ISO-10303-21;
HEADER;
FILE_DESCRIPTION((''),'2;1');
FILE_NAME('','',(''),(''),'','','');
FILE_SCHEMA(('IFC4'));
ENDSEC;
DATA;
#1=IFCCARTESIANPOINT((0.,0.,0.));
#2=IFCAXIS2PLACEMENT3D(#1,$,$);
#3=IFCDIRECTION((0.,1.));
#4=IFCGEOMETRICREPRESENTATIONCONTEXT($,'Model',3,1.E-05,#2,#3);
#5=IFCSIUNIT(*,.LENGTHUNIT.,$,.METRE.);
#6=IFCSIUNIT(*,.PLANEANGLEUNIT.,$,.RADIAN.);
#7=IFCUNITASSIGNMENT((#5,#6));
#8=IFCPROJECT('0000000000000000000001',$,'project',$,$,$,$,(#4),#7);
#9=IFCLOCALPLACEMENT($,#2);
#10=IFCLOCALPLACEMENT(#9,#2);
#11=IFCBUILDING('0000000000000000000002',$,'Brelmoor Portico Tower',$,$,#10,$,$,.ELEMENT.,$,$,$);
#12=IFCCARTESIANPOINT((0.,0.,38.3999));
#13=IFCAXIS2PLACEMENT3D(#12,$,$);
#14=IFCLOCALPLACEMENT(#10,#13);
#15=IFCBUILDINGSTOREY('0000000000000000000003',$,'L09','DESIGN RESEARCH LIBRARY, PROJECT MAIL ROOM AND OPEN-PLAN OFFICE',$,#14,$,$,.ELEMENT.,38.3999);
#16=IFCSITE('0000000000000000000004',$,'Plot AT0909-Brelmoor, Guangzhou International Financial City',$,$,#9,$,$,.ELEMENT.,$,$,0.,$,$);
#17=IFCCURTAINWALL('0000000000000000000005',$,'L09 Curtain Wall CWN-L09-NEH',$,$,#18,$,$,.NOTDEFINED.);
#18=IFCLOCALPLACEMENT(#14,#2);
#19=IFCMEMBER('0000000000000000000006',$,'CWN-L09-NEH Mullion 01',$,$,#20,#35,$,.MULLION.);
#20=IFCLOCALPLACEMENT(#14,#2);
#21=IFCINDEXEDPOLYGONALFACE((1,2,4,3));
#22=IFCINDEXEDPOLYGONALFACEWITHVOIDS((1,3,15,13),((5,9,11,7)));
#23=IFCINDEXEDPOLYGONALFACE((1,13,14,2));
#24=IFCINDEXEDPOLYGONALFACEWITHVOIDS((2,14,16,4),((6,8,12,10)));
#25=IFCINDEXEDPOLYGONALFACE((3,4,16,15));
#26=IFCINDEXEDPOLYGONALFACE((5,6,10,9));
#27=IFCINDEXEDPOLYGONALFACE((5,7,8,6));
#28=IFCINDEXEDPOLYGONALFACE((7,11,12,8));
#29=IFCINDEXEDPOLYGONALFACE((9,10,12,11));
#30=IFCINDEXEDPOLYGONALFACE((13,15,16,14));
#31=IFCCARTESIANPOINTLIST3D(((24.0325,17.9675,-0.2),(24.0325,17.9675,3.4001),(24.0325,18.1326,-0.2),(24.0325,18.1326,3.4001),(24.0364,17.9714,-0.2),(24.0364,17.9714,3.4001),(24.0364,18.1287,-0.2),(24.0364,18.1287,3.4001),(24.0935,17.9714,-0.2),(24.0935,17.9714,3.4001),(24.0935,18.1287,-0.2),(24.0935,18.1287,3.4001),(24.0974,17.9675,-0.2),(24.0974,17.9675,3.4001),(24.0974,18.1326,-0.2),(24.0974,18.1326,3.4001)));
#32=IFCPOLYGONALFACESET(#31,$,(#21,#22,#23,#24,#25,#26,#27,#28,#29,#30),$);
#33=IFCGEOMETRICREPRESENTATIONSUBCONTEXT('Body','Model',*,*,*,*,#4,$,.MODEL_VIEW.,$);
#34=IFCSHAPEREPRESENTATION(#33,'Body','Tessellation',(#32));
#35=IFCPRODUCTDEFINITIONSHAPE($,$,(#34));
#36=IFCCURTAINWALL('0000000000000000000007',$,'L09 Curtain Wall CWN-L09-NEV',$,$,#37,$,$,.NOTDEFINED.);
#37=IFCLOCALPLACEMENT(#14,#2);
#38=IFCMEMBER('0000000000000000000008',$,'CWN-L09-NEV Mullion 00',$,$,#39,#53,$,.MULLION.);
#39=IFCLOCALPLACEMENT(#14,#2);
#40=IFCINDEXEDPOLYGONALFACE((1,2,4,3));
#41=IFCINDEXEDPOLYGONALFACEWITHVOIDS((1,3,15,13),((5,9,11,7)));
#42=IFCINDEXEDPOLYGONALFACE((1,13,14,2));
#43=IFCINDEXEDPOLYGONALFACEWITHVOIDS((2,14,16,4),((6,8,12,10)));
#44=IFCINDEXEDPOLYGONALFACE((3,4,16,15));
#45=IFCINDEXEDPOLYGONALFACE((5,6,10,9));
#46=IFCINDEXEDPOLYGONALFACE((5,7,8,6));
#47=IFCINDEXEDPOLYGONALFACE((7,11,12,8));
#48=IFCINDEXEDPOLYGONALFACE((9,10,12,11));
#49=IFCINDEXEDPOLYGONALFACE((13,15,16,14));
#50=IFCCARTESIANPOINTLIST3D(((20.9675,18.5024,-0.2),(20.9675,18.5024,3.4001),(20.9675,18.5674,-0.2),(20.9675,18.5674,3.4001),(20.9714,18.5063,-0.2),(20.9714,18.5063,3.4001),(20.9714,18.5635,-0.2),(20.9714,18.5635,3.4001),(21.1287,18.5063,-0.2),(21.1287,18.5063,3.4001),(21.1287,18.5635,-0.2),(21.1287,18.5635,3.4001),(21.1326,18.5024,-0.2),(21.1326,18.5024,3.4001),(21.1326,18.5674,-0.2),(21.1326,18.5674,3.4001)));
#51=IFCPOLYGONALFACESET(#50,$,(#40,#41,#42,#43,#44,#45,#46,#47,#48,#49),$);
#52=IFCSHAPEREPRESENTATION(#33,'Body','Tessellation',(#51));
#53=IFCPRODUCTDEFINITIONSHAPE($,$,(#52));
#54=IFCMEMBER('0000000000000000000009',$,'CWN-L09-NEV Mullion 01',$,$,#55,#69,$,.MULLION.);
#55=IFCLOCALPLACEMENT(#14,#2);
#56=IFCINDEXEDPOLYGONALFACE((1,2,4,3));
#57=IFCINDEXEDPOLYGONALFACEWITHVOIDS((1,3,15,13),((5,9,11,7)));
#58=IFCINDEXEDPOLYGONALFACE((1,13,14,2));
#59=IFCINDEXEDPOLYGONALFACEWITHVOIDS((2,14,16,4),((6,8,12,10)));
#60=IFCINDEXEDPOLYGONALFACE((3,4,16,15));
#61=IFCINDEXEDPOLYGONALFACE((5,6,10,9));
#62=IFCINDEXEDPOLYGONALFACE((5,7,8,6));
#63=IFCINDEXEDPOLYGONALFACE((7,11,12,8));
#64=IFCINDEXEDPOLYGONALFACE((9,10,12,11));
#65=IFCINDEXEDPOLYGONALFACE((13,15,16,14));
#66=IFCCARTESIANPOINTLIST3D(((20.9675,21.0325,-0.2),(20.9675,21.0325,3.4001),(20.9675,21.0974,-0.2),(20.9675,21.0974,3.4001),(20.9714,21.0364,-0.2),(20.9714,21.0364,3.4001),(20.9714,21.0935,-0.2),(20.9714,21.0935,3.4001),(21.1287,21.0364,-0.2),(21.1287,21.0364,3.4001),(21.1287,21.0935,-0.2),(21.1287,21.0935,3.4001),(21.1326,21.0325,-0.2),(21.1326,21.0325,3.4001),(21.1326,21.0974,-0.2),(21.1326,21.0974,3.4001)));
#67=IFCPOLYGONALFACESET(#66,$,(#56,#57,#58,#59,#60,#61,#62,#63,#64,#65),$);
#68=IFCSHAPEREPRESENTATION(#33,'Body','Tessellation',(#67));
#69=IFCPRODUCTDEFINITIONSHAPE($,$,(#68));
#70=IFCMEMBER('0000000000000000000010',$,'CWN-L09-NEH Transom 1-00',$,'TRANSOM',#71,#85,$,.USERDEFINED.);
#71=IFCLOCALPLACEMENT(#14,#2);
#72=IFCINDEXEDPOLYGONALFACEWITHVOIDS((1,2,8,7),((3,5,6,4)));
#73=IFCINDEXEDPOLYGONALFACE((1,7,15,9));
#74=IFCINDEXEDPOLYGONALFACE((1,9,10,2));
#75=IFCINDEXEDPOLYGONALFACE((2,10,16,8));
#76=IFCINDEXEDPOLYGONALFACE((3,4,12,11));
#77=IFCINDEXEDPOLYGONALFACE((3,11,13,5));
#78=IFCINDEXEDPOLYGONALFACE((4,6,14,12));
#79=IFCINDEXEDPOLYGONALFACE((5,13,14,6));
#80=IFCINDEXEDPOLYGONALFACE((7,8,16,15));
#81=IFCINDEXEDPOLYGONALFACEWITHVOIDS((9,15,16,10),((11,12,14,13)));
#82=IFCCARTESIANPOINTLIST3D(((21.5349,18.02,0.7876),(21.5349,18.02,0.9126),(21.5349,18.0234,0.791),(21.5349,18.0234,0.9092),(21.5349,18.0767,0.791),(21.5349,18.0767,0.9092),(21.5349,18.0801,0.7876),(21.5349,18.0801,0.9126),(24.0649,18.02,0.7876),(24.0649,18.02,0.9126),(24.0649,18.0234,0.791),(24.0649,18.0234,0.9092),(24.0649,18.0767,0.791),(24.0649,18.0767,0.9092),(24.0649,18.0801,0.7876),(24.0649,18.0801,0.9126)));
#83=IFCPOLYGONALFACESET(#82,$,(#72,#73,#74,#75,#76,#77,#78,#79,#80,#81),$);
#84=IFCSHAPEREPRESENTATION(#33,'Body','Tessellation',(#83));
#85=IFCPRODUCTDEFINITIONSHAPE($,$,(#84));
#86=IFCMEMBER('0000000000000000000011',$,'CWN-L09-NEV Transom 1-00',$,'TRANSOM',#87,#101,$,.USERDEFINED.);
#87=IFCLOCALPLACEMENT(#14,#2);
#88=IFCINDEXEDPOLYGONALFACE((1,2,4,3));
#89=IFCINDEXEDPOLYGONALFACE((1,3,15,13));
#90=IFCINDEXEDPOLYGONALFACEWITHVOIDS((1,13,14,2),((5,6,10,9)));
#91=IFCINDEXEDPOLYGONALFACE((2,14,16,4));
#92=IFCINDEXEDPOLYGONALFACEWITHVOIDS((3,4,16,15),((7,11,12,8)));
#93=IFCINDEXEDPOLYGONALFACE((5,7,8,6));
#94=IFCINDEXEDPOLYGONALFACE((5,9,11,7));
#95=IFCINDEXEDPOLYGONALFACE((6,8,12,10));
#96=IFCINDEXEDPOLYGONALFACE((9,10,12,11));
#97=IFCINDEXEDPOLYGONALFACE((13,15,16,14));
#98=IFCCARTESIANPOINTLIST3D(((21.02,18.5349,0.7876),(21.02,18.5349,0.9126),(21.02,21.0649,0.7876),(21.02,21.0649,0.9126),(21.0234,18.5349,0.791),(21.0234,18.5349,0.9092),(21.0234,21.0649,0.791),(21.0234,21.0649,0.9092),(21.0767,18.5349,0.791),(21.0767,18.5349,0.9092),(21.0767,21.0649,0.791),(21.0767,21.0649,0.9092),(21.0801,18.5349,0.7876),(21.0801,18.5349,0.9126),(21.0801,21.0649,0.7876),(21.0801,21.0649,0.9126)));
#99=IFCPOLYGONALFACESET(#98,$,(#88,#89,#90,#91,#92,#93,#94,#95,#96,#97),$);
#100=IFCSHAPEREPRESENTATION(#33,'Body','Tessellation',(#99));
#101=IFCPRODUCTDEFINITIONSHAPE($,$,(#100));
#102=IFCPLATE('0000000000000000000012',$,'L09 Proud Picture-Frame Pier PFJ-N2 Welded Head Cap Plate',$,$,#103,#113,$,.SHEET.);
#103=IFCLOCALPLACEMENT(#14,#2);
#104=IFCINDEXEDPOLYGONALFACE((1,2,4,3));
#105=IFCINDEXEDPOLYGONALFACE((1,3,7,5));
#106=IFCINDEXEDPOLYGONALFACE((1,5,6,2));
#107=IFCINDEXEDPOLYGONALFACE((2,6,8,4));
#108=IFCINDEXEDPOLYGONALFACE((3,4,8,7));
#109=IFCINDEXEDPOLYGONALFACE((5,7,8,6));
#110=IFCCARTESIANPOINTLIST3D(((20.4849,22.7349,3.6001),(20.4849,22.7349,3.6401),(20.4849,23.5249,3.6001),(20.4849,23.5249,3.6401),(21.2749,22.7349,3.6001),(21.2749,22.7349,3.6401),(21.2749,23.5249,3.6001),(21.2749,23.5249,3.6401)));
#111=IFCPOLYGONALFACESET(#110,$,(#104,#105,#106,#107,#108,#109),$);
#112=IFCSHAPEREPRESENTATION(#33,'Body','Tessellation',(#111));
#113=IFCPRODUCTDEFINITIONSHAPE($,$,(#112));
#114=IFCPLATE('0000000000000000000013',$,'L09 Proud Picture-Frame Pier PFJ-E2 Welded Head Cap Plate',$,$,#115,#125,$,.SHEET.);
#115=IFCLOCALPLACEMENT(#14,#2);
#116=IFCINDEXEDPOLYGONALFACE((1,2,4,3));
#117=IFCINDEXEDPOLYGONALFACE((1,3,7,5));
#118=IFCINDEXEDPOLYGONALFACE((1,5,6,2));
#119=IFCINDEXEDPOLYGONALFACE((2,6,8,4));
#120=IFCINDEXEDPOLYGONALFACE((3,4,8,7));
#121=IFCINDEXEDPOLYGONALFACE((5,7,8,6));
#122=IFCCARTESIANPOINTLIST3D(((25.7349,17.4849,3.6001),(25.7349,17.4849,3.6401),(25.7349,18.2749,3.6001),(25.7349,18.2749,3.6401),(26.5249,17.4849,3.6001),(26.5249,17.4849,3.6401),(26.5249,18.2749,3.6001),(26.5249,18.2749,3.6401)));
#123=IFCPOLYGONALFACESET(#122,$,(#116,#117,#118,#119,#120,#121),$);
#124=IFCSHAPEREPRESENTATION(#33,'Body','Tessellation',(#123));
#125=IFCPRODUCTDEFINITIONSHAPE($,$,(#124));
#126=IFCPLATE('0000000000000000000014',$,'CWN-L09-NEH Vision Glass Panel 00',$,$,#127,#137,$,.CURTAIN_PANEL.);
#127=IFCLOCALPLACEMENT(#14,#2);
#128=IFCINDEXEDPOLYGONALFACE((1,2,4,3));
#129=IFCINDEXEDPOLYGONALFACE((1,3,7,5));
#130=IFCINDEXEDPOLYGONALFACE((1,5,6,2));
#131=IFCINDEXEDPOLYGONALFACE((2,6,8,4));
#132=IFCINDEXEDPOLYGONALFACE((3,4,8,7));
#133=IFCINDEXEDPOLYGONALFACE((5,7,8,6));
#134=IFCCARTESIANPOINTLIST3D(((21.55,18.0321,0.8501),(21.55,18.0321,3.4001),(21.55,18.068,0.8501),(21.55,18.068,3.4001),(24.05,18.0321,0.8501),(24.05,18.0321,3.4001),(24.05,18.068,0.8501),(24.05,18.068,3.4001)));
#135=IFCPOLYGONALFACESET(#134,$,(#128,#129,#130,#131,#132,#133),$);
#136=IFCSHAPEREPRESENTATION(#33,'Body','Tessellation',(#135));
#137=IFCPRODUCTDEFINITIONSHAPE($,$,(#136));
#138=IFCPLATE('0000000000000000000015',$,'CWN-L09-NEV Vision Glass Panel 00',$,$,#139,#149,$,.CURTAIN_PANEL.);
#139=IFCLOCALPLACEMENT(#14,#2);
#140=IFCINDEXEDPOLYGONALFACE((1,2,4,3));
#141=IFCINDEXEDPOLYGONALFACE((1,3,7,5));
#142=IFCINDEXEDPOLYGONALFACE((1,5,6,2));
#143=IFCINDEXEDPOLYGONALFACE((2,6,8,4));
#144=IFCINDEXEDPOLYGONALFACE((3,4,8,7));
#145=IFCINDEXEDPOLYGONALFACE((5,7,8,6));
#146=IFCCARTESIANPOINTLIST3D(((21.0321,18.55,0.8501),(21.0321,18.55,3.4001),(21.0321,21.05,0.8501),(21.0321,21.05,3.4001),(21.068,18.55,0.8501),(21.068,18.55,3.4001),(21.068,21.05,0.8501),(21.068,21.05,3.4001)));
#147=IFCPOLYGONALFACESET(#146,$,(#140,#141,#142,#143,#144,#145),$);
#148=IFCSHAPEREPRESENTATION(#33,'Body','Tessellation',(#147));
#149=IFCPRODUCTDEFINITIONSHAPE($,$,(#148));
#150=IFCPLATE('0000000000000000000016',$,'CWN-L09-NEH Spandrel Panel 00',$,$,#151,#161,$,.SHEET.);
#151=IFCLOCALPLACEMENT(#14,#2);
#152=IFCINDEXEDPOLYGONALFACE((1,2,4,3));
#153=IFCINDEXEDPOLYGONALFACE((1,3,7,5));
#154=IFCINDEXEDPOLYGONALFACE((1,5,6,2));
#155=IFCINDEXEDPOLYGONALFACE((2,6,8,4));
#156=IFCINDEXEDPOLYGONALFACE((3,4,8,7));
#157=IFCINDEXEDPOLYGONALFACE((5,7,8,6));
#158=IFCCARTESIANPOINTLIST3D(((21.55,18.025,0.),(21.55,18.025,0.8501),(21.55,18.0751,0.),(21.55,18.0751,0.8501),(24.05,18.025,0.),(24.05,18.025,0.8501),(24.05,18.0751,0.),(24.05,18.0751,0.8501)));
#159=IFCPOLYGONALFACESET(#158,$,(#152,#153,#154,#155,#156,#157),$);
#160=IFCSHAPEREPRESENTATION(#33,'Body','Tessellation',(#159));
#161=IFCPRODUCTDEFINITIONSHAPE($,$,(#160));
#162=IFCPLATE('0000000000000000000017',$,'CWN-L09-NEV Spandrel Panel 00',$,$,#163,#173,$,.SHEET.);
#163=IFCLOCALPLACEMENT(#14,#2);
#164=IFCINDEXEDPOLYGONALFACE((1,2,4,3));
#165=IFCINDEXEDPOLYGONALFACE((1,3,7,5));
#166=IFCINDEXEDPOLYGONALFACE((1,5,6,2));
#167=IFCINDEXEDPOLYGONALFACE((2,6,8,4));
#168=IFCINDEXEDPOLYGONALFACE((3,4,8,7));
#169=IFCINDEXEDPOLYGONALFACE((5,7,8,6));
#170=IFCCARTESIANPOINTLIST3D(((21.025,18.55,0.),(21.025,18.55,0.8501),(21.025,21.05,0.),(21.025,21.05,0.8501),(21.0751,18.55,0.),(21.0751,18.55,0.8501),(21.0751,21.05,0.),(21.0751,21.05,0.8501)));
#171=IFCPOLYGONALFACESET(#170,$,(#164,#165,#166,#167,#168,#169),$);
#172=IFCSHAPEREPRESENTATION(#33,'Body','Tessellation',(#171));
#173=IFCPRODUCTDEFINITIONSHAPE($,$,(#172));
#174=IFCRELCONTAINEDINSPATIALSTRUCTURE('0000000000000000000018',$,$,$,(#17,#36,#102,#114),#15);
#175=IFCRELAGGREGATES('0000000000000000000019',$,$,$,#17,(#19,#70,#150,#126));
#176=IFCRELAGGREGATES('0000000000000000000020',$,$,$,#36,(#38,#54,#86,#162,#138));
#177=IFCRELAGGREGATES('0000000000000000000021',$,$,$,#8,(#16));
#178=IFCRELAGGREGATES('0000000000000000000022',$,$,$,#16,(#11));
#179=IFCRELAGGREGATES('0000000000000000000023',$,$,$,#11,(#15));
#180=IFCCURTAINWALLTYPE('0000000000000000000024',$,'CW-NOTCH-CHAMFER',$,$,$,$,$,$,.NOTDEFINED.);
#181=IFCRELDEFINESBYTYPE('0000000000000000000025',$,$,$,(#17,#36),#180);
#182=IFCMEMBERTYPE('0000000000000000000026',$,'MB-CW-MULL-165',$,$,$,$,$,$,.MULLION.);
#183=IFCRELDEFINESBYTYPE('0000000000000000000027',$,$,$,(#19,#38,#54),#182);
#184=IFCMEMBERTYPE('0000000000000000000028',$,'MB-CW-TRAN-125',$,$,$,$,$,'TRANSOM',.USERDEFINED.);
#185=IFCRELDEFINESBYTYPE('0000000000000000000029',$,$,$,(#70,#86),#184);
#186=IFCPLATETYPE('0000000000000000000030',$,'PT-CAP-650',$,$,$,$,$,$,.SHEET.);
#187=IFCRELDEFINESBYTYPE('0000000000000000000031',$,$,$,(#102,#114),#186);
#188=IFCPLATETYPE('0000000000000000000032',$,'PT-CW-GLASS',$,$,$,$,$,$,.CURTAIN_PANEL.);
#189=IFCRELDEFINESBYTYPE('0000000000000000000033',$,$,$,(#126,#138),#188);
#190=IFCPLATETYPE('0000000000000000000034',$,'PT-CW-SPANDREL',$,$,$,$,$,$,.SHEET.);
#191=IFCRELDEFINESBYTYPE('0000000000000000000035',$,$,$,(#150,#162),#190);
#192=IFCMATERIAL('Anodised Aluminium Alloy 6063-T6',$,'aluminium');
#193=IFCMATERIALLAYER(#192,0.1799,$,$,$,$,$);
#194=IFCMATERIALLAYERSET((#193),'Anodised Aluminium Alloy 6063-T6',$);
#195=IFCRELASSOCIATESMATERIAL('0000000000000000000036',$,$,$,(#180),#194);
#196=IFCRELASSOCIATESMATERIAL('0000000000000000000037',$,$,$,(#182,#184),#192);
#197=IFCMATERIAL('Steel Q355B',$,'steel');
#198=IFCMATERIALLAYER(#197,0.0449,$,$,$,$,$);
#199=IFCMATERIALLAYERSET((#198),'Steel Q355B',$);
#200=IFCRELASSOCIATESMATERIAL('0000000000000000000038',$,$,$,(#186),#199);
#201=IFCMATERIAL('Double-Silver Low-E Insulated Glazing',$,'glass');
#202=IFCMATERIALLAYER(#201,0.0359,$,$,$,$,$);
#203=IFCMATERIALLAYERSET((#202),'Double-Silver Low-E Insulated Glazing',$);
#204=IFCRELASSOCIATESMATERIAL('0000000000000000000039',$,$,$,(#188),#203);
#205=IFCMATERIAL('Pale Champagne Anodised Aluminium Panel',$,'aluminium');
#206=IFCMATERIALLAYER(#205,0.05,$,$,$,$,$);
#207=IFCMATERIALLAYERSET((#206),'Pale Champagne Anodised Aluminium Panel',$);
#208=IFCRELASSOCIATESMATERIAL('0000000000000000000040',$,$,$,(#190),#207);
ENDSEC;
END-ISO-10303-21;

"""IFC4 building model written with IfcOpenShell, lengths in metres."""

from ifc_helpers import new_model, si_unit, direction, frame, origin, origin_2d, place, context, subcontext, project, spatial, rectangle, hollow_rectangle, extrude, material, layer, layer_set, material_profile, profile_set, type_object, element, aggregate, save


model = new_model("IFC4")

# Units and contexts
model_context = context("Model", 3, precision=1e-05, world=origin(), true_north=direction((0.0, 1.0)))
body_context = subcontext(model_context, "Body", "Model", "MODEL_VIEW")
ifc_project = project(units=[si_unit("LENGTHUNIT", "METRE"), si_unit("PLANEANGLEUNIT", "RADIAN")], contexts=[model_context])

# Site, building, storey
site_placement = place(None, origin())
site = spatial("IfcSite", under=ifc_project, at=site_placement, Name="Plot AT0909-Brelmoor, Guangzhou International Financial City", CompositionType="ELEMENT", RefElevation=0.0)
building_placement = place(site_placement, origin())
building = spatial("IfcBuilding", under=site, at=building_placement, Name="Brelmoor Portico Tower", CompositionType="ELEMENT")
storey_placement = place(building_placement, frame((0.0, 0.0, 38.3999)))
storey = spatial("IfcBuildingStorey", under=building, at=storey_placement, Name="L09", Description="DESIGN RESEARCH LIBRARY, PROJECT MAIL ROOM AND OPEN-PLAN OFFICE", CompositionType="ELEMENT", Elevation=38.3999)

# Shared definitions
ifc_material_1 = material(Name="Steel Q355B", Category="steel")

# Curtain walls, members
ifc_material_2 = material(Name="Anodised Aluminium Alloy 6063-T6", Category="aluminium")
ifc_layer_1 = layer(ifc_material_2, 0.1799)
ifc_layer_set_1 = layer_set([ifc_layer_1], Name="Anodised Aluminium Alloy 6063-T6")
curtain_wall_type = type_object("IfcCurtainWallType", Name="CW-NOTCH-CHAMFER", PredefinedType="NOTDEFINED", material=ifc_layer_set_1)
curtain_wall_1_placement = place(storey_placement, origin())
curtain_wall_1 = element("IfcCurtainWall", 1, at=curtain_wall_1_placement, inside=storey, type_object=curtain_wall_type, Name="L09 Curtain Wall CWN-L09-NEH", PredefinedType="NOTDEFINED")
ifc_material_profile_1 = material_profile(ifc_material_2, hollow_rectangle(XDim=0.0649, YDim=0.165, WallThickness=0.0039, at=origin_2d()), Name="ALU MULLION 65x165")
ifc_profile_set_1 = profile_set([ifc_material_profile_1], Name="Anodised Aluminium Alloy 6063-T6")
member_type_1 = type_object("IfcMemberType", Name="MB-CW-MULL-165", PredefinedType="MULLION", material=ifc_profile_set_1)
member_1_placement = place(storey_placement, frame((24.0649, 18.05, -0.2), z_axis=(0.0, 0.0, 1.0), x_axis=(1.0, 0.0, 0.0)))
member_1 = element("IfcMember", 2, at=member_1_placement, type_object=member_type_1, Name="CWN-L09-NEH Mullion 01", PredefinedType="MULLION", context=body_context, shape_type="SweptSolid", body=[
    extrude(hollow_rectangle(XDim=0.0649, YDim=0.165, WallThickness=0.0039, at=origin_2d()), origin(), (0.0, 0.0, 1.0), 3.6001),
])
curtain_wall_2_placement = place(storey_placement, origin())
curtain_wall_2 = element("IfcCurtainWall", 3, at=curtain_wall_2_placement, inside=storey, type_object=curtain_wall_type, Name="L09 Curtain Wall CWN-L09-NEV", PredefinedType="NOTDEFINED")
member_2_placement = place(storey_placement, frame((21.05, 18.5349, -0.2), z_axis=(0.0, 0.0, 1.0), x_axis=(0.0, 1.0, 0.0)))
member_2 = element("IfcMember", 4, at=member_2_placement, type_object=member_type_1, Name="CWN-L09-NEV Mullion 00", PredefinedType="MULLION", context=body_context, shape_type="SweptSolid", body=[
    extrude(hollow_rectangle(XDim=0.0649, YDim=0.165, WallThickness=0.0039, at=origin_2d()), origin(), (0.0, 0.0, 1.0), 3.6001),
])
member_3_placement = place(storey_placement, frame((21.05, 21.0649, -0.2), z_axis=(0.0, 0.0, 1.0), x_axis=(0.0, 1.0, 0.0)))
member_3 = element("IfcMember", 5, at=member_3_placement, type_object=member_type_1, Name="CWN-L09-NEV Mullion 01", PredefinedType="MULLION", context=body_context, shape_type="SweptSolid", body=[
    extrude(hollow_rectangle(XDim=0.0649, YDim=0.165, WallThickness=0.0039, at=origin_2d()), origin(), (0.0, 0.0, 1.0), 3.6001),
])

# Members
ifc_material_profile_2 = material_profile(ifc_material_2, hollow_rectangle(XDim=0.0601, YDim=0.125, WallThickness=0.0034, at=origin_2d()), Name="ALU TRANSOM 60x125")
ifc_profile_set_2 = profile_set([ifc_material_profile_2], Name="Anodised Aluminium Alloy 6063-T6")
member_type_2 = type_object("IfcMemberType", Name="MB-CW-TRAN-125", ElementType="TRANSOM", PredefinedType="USERDEFINED", material=ifc_profile_set_2)
member_4_placement = place(storey_placement, frame((21.5349, 18.05, 0.8501), z_axis=(1.0, 0.0, 0.0), x_axis=(0.0, 1.0, 0.0)))
member_4 = element("IfcMember", 6, at=member_4_placement, type_object=member_type_2, Name="CWN-L09-NEH Transom 1-00", ObjectType="TRANSOM", PredefinedType="USERDEFINED", context=body_context, shape_type="SweptSolid", body=[
    extrude(hollow_rectangle(XDim=0.0601, YDim=0.125, WallThickness=0.0034, at=origin_2d()), origin(), (0.0, 0.0, 1.0), 2.53),
])
member_5_placement = place(storey_placement, frame((21.05, 18.5349, 0.8501), z_axis=(0.0, 1.0, 0.0), x_axis=(-1.0, 0.0, 0.0)))
member_5 = element("IfcMember", 7, at=member_5_placement, type_object=member_type_2, Name="CWN-L09-NEV Transom 1-00", ObjectType="TRANSOM", PredefinedType="USERDEFINED", context=body_context, shape_type="SweptSolid", body=[
    extrude(hollow_rectangle(XDim=0.0601, YDim=0.125, WallThickness=0.0034, at=origin_2d()), origin(), (0.0, 0.0, 1.0), 2.53),
])

# Plates
ifc_layer_2 = layer(ifc_material_1, 0.0449)
ifc_layer_set_2 = layer_set([ifc_layer_2], Name="Steel Q355B")
plate_type_1 = type_object("IfcPlateType", Name="PT-CAP-650", PredefinedType="SHEET", material=ifc_layer_set_2)
for number, where, z_axis, x_axis, name in (
    (8, (20.8799, 23.1299, 3.6001), (0.0, 0.0, 1.0), (1.0, 0.0, 0.0), "L09 Proud Picture-Frame Pier PFJ-N2 Welded Head Cap Plate"),
    (9, (26.1299, 17.8799, 3.6001), (0.0, 0.0, 1.0), (0.0, 1.0, 0.0), "L09 Proud Picture-Frame Pier PFJ-E2 Welded Head Cap Plate"),
):
    element("IfcPlate", number, at=place(storey_placement, frame(where, z_axis=z_axis, x_axis=x_axis)), inside=storey, type_object=plate_type_1, Name=name, PredefinedType="SHEET", context=body_context, shape_type="SweptSolid", body=[
        extrude(rectangle(XDim=0.79, YDim=0.79, at=origin_2d()), origin(), (0.0, 0.0, 1.0), 0.04),
    ])

# Plates
ifc_material_3 = material(Name="Double-Silver Low-E Insulated Glazing", Category="glass")
ifc_layer_3 = layer(ifc_material_3, 0.0359)
ifc_layer_set_3 = layer_set([ifc_layer_3], Name="Double-Silver Low-E Insulated Glazing")
plate_type_2 = type_object("IfcPlateType", Name="PT-CW-GLASS", PredefinedType="CURTAIN_PANEL", material=ifc_layer_set_3)
plate_1_placement = place(storey_placement, frame((22.8, 18.05, 0.8501), z_axis=(0.0, 0.0, 1.0), x_axis=(1.0, 0.0, 0.0)))
plate_1 = element("IfcPlate", 10, at=plate_1_placement, type_object=plate_type_2, Name="CWN-L09-NEH Vision Glass Panel 00", PredefinedType="CURTAIN_PANEL", context=body_context, shape_type="SweptSolid", body=[
    extrude(rectangle(XDim=2.5, YDim=0.0359, at=origin_2d()), origin(), (0.0, 0.0, 1.0), 2.55),
])
plate_2_placement = place(storey_placement, frame((21.05, 19.8, 0.8501), z_axis=(0.0, 0.0, 1.0), x_axis=(0.0, 1.0, 0.0)))
plate_2 = element("IfcPlate", 11, at=plate_2_placement, type_object=plate_type_2, Name="CWN-L09-NEV Vision Glass Panel 00", PredefinedType="CURTAIN_PANEL", context=body_context, shape_type="SweptSolid", body=[
    extrude(rectangle(XDim=2.5, YDim=0.0359, at=origin_2d()), origin(), (0.0, 0.0, 1.0), 2.55),
])
ifc_material_4 = material(Name="Pale Champagne Anodised Aluminium Panel", Category="aluminium")
ifc_layer_4 = layer(ifc_material_4, 0.05)
ifc_layer_set_4 = layer_set([ifc_layer_4], Name="Pale Champagne Anodised Aluminium Panel")
plate_type_3 = type_object("IfcPlateType", Name="PT-CW-SPANDREL", PredefinedType="SHEET", material=ifc_layer_set_4)
plate_3_placement = place(storey_placement, frame((22.8, 18.05, 0.0), z_axis=(0.0, 0.0, 1.0), x_axis=(1.0, 0.0, 0.0)))
plate_3 = element("IfcPlate", 12, at=plate_3_placement, type_object=plate_type_3, Name="CWN-L09-NEH Spandrel Panel 00", PredefinedType="SHEET", context=body_context, shape_type="SweptSolid", body=[
    extrude(rectangle(XDim=2.5, YDim=0.05, at=origin_2d()), origin(), (0.0, 0.0, 1.0), 0.8501),
])
aggregate(curtain_wall_1, [member_1, member_4, plate_3, plate_1])
plate_4_placement = place(storey_placement, frame((21.05, 19.8, 0.0), z_axis=(0.0, 0.0, 1.0), x_axis=(0.0, 1.0, 0.0)))
plate_4 = element("IfcPlate", 13, at=plate_4_placement, type_object=plate_type_3, Name="CWN-L09-NEV Spandrel Panel 00", PredefinedType="SHEET", context=body_context, shape_type="SweptSolid", body=[
    extrude(rectangle(XDim=2.5, YDim=0.05, at=origin_2d()), origin(), (0.0, 0.0, 1.0), 0.8501),
])
aggregate(curtain_wall_2, [member_2, member_3, member_5, plate_4, plate_2])

save(model, "model.ifc")
